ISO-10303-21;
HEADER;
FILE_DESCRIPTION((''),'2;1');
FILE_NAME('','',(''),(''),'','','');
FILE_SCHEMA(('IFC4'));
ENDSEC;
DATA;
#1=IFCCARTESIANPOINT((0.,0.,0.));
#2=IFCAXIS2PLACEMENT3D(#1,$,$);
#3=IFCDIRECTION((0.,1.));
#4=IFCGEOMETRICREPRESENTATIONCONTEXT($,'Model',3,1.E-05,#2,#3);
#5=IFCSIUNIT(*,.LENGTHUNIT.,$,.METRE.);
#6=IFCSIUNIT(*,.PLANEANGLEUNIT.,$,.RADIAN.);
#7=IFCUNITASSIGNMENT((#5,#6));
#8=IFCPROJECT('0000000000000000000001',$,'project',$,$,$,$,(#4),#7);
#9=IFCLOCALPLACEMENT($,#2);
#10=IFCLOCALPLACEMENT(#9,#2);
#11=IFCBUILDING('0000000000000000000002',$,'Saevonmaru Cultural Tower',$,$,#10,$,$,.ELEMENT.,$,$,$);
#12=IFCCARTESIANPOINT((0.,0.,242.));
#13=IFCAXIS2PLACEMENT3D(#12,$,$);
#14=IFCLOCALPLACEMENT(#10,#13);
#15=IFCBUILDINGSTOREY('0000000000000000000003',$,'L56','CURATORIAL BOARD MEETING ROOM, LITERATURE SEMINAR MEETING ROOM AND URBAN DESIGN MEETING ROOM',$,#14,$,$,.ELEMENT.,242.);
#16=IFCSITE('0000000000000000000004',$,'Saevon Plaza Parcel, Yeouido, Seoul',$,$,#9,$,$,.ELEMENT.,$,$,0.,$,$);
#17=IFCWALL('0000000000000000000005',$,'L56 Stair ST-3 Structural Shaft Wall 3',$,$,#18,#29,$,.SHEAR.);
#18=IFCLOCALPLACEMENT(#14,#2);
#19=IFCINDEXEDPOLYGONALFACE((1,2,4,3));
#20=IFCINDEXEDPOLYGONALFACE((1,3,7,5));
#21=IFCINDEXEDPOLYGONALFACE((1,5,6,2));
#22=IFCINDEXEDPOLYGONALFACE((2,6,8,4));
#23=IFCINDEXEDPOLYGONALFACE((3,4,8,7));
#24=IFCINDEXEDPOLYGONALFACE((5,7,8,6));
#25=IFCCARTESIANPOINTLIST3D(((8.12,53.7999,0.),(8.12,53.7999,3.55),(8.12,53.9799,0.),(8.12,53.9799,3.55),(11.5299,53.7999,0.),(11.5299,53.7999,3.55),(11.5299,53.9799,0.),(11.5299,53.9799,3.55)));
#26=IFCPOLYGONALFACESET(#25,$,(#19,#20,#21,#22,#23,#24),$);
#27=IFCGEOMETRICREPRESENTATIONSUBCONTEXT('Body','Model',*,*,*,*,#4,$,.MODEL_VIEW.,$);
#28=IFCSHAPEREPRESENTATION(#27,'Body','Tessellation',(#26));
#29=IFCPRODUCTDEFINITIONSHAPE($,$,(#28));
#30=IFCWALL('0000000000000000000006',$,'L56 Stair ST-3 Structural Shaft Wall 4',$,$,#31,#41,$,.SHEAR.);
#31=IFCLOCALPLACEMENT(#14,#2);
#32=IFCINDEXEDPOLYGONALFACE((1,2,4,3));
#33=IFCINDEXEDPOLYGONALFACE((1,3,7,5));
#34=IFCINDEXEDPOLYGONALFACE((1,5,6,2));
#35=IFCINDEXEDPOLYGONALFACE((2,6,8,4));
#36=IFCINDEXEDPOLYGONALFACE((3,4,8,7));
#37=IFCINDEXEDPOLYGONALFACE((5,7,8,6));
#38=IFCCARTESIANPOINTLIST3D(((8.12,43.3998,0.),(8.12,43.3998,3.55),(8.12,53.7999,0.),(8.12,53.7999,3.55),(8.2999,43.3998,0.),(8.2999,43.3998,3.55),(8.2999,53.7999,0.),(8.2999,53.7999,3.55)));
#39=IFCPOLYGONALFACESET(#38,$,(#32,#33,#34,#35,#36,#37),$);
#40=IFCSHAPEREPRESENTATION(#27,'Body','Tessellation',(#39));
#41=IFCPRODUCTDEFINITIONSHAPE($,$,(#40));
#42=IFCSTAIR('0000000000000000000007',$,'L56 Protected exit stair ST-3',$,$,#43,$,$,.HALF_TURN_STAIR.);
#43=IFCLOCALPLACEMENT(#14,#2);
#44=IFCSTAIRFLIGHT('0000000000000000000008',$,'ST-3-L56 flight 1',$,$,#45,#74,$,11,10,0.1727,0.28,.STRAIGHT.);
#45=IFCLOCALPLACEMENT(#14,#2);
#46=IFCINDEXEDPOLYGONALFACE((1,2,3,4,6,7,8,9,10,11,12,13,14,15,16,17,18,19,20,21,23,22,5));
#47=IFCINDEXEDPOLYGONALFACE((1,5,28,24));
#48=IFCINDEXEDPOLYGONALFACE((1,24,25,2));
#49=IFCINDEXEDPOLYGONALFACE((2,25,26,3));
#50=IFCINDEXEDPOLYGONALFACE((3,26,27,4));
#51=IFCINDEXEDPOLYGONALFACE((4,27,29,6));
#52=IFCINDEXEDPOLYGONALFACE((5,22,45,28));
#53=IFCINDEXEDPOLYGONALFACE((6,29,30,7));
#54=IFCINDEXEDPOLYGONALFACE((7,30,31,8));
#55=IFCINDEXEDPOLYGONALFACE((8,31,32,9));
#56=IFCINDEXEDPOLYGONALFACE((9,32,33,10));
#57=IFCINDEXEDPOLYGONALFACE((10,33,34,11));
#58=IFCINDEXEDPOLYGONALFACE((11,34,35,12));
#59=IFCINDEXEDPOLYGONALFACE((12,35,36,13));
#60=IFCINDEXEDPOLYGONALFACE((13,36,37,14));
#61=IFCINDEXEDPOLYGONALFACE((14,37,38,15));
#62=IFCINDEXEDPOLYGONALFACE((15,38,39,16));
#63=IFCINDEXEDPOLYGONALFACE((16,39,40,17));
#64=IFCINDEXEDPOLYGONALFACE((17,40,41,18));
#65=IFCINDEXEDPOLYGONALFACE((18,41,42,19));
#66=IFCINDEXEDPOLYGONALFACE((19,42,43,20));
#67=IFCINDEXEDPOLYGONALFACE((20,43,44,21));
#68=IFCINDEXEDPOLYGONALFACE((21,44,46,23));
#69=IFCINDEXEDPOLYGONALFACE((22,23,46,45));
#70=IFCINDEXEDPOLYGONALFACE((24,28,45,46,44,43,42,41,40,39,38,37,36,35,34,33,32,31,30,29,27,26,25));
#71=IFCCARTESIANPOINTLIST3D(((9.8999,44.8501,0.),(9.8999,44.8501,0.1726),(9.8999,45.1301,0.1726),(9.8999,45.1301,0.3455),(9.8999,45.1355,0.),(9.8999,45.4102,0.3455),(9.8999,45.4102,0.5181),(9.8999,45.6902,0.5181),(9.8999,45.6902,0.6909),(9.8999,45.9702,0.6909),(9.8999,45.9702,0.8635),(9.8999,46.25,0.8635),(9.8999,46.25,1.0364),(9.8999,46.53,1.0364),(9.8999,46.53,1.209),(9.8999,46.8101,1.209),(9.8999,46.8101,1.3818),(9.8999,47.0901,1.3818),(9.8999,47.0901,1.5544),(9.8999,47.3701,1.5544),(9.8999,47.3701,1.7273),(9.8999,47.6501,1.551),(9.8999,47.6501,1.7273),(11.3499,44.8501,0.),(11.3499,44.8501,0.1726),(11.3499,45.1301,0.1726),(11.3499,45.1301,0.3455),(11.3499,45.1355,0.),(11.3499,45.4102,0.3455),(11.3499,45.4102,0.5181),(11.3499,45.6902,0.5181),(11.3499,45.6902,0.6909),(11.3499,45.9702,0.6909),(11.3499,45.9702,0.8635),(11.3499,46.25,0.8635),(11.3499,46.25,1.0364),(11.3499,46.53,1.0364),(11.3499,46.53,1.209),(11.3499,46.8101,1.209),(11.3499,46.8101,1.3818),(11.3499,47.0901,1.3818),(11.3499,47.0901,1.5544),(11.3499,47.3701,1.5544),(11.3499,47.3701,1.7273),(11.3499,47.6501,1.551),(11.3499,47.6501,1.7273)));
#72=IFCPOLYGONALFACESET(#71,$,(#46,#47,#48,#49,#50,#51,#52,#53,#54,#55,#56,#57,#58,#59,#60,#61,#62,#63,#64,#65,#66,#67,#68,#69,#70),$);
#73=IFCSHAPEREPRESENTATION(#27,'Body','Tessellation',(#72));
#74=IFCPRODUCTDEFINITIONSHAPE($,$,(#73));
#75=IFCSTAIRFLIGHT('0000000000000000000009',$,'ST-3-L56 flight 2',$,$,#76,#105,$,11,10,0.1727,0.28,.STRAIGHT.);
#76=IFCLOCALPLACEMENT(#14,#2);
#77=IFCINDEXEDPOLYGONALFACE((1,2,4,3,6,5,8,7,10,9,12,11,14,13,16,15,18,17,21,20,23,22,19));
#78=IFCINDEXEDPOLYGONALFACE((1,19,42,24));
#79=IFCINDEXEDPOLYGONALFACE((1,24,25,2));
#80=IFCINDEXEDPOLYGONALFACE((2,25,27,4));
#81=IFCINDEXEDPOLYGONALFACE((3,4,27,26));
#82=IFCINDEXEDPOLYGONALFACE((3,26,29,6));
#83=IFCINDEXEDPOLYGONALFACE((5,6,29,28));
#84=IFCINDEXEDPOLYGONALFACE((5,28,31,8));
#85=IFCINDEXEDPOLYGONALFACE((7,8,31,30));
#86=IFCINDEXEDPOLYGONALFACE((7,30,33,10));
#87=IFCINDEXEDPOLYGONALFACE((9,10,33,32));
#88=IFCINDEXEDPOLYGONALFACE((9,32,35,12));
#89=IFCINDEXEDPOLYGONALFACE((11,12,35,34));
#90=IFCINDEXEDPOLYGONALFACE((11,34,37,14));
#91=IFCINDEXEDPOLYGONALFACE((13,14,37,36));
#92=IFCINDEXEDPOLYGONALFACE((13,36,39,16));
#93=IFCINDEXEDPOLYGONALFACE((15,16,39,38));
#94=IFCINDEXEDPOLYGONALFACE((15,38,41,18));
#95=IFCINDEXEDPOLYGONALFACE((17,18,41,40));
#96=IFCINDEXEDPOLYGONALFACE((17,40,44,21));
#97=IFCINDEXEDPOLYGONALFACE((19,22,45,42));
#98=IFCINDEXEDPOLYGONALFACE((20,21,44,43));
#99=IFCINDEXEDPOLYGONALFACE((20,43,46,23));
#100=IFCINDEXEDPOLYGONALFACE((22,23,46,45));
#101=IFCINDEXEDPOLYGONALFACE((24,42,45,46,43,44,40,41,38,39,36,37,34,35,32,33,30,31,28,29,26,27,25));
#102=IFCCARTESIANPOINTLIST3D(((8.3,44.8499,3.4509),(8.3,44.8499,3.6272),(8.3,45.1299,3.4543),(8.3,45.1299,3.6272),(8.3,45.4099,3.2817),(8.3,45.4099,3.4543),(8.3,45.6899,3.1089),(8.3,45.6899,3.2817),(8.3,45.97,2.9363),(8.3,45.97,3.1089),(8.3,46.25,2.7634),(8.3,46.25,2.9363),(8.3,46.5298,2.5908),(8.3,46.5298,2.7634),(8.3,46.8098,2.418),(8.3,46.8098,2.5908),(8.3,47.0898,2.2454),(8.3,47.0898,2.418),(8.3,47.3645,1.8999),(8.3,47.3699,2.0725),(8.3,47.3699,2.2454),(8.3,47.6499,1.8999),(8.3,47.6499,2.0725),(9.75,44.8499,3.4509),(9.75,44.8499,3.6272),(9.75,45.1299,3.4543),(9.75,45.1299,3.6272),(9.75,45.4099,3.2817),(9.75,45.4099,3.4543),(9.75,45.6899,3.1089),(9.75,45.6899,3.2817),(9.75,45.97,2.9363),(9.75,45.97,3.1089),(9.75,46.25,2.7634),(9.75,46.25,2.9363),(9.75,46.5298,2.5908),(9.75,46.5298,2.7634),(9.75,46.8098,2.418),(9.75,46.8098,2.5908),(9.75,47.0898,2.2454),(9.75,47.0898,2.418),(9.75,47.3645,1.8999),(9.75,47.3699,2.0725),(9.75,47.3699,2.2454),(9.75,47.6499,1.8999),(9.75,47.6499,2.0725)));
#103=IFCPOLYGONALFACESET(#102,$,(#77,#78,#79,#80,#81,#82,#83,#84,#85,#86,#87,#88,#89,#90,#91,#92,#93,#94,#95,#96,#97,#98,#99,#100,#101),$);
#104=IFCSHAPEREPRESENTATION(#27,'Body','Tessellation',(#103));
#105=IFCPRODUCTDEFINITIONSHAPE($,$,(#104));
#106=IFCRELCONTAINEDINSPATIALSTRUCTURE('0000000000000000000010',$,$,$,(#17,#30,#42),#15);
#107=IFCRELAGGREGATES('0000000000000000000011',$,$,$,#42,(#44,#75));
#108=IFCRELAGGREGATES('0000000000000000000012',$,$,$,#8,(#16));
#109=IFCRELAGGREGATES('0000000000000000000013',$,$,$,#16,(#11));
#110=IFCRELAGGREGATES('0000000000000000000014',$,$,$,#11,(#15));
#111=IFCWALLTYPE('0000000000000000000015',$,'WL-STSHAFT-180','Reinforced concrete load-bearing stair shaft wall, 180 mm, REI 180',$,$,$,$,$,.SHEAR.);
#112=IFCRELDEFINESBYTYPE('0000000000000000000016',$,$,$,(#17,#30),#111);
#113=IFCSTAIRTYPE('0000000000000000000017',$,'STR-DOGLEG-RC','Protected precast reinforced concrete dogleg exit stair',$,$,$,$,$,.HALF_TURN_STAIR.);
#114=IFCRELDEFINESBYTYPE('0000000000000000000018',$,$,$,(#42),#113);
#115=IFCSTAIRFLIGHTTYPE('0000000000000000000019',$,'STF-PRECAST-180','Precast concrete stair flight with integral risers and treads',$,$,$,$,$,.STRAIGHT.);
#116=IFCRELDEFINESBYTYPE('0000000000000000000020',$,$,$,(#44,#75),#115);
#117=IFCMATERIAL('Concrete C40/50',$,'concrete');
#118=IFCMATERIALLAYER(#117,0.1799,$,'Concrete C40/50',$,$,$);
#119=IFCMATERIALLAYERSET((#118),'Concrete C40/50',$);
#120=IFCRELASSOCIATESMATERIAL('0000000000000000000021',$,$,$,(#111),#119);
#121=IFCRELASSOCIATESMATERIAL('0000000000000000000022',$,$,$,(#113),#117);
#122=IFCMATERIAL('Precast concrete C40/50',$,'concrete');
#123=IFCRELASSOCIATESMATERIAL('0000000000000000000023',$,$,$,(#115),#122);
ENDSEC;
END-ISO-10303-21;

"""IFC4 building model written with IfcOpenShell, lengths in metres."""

from ifc_helpers import new_model, si_unit, direction, frame, frame_2d, origin, place, context, subcontext, project, spatial, polyline, rectangle, outline, extrude, material, layer, layer_set, type_object, element, aggregate, save


model = new_model("IFC4")

# Units and contexts
model_context = context("Model", 3, precision=1e-05, world=origin(), true_north=direction((0.0, 1.0)))
body_context = subcontext(model_context, "Body", "Model", "MODEL_VIEW")
ifc_project = project(units=[si_unit("LENGTHUNIT", "METRE"), si_unit("PLANEANGLEUNIT", "RADIAN")], contexts=[model_context])

# Site, building, storey
site_placement = place(None, origin())
site = spatial("IfcSite", under=ifc_project, at=site_placement, Name="Saevon Plaza Parcel, Yeouido, Seoul", CompositionType="ELEMENT", RefElevation=0.0)
building_placement = place(site_placement, origin())
building = spatial("IfcBuilding", under=site, at=building_placement, Name="Saevonmaru Cultural Tower", CompositionType="ELEMENT")
storey_placement = place(building_placement, frame((0.0, 0.0, 242.0)))
storey = spatial("IfcBuildingStorey", under=building, at=storey_placement, Name="L56", Description="CURATORIAL BOARD MEETING ROOM, LITERATURE SEMINAR MEETING ROOM AND URBAN DESIGN MEETING ROOM", CompositionType="ELEMENT", Elevation=242.0)

# Shared definitions
ifc_material_1 = material(Name="Concrete C40/50", Category="concrete")
ifc_layer_1 = layer(ifc_material_1, 0.1799, Name="Concrete C40/50")
ifc_layer_set_1 = layer_set([ifc_layer_1], Name="Concrete C40/50")
wall_type_1 = type_object("IfcWallType", Name="WL-STSHAFT-180", Description="Reinforced concrete load-bearing stair shaft wall, 180 mm, REI 180", PredefinedType="SHEAR", material=ifc_layer_set_1)

# Walls
wall_1_placement = place(storey_placement, frame((11.53, 53.8899, 0.0), z_axis=(0.0, 0.0, 1.0), x_axis=(-1.0, 0.0, 0.0)))
element("IfcWall", 1, at=wall_1_placement, inside=storey, type_object=wall_type_1, Name="L56 Stair ST-3 Structural Shaft Wall 3", PredefinedType="SHEAR", context=body_context, shape_type="SweptSolid", body=[
    extrude(rectangle(XDim=3.4099, YDim=0.1799, at=frame_2d((1.7051, 0.0))), origin(), (0.0, 0.0, 1.0), 3.55),
])
wall_2_placement = place(storey_placement, frame((8.21, 53.8, 0.0), z_axis=(0.0, 0.0, 1.0), x_axis=(0.0, -1.0, 0.0)))
element("IfcWall", 2, at=wall_2_placement, inside=storey, type_object=wall_type_1, Name="L56 Stair ST-3 Structural Shaft Wall 4", PredefinedType="SHEAR", context=body_context, shape_type="SweptSolid", body=[
    extrude(rectangle(XDim=10.4001, YDim=0.1799, at=frame_2d((5.2002, 0.0))), origin(), (0.0, 0.0, 1.0), 3.55),
])

# Stair, stair flights
stair_type = type_object("IfcStairType", Name="STR-DOGLEG-RC", Description="Protected precast reinforced concrete dogleg exit stair", PredefinedType="HALF_TURN_STAIR", material=ifc_material_1)
stair_placement = place(storey_placement, origin())
stair = element("IfcStair", 3, at=stair_placement, inside=storey, type_object=stair_type, Name="L56 Protected exit stair ST-3", PredefinedType="HALF_TURN_STAIR")
ifc_material_2 = material(Name="Precast concrete C40/50", Category="concrete")
stair_flight_type = type_object("IfcStairFlightType", Name="STF-PRECAST-180", Description="Precast concrete stair flight with integral risers and treads", PredefinedType="STRAIGHT", material=ifc_material_2)
stair_flight_1_placement = place(storey_placement, frame((10.625, 44.8501, 0.0), z_axis=(0.0, 0.0, 1.0), x_axis=(0.0, 1.0, 0.0)))
stair_flight_1 = element("IfcStairFlight", 4, at=stair_flight_1_placement, type_object=stair_flight_type, Name="ST-3-L56 flight 1", NumberOfRisers=11, NumberOfTreads=10, PredefinedType="STRAIGHT", RiserHeight=0.1727, TreadLength=0.28, context=body_context, shape_type="SweptSolid", body=[
    extrude(outline(polyline([(0.0, 0.0), (0.0, 0.1726), (0.28, 0.1726), (0.28, 0.3455), (0.5601, 0.3455), (0.5601, 0.5181), (0.8401, 0.5181), (0.8401, 0.6909), (1.1201, 0.6909), (1.1201, 0.8635), (1.3999, 0.8635), (1.3999, 1.0364), (1.6799, 1.0364), (1.6799, 1.209), (1.96, 1.209), (1.96, 1.3818), (2.24, 1.3818), (2.24, 1.5544), (2.52, 1.5544), (2.52, 1.7273), (2.8, 1.7273), (2.8, 1.8999), (2.8, 1.551), (0.2854, 0.0), (0.0, 0.0)])), frame((0.0, 0.7251, 0.0), z_axis=(0.0, -1.0, 0.0), x_axis=(1.0, 0.0, 0.0)), (0.0, 0.0, 1.0), 1.45),
])
stair_flight_2_placement = place(storey_placement, frame((9.0249, 47.6499, 1.8999), z_axis=(0.0, 0.0, 1.0), x_axis=(0.0, -1.0, 0.0)))
stair_flight_2 = element("IfcStairFlight", 5, at=stair_flight_2_placement, type_object=stair_flight_type, Name="ST-3-L56 flight 2", NumberOfRisers=11, NumberOfTreads=10, PredefinedType="STRAIGHT", RiserHeight=0.1727, TreadLength=0.28, context=body_context, shape_type="SweptSolid", body=[
    extrude(outline(polyline([(0.0, 0.0), (0.0, 0.1726), (0.28, 0.1726), (0.28, 0.3455), (0.5601, 0.3455), (0.5601, 0.5181), (0.8401, 0.5181), (0.8401, 0.6909), (1.1201, 0.6909), (1.1201, 0.8635), (1.3999, 0.8635), (1.3999, 1.0364), (1.6799, 1.0364), (1.6799, 1.209), (1.96, 1.209), (1.96, 1.3818), (2.24, 1.3818), (2.24, 1.5544), (2.52, 1.5544), (2.52, 1.7273), (2.8, 1.7273), (2.8, 1.8999), (2.8, 1.551), (0.2854, 0.0), (0.0, 0.0)])), frame((0.0, 0.7251, 0.0), z_axis=(0.0, -1.0, 0.0), x_axis=(1.0, 0.0, 0.0)), (0.0, 0.0, 1.0), 1.45),
])
aggregate(stair, [stair_flight_1, stair_flight_2])

save(model, "model.ifc")
